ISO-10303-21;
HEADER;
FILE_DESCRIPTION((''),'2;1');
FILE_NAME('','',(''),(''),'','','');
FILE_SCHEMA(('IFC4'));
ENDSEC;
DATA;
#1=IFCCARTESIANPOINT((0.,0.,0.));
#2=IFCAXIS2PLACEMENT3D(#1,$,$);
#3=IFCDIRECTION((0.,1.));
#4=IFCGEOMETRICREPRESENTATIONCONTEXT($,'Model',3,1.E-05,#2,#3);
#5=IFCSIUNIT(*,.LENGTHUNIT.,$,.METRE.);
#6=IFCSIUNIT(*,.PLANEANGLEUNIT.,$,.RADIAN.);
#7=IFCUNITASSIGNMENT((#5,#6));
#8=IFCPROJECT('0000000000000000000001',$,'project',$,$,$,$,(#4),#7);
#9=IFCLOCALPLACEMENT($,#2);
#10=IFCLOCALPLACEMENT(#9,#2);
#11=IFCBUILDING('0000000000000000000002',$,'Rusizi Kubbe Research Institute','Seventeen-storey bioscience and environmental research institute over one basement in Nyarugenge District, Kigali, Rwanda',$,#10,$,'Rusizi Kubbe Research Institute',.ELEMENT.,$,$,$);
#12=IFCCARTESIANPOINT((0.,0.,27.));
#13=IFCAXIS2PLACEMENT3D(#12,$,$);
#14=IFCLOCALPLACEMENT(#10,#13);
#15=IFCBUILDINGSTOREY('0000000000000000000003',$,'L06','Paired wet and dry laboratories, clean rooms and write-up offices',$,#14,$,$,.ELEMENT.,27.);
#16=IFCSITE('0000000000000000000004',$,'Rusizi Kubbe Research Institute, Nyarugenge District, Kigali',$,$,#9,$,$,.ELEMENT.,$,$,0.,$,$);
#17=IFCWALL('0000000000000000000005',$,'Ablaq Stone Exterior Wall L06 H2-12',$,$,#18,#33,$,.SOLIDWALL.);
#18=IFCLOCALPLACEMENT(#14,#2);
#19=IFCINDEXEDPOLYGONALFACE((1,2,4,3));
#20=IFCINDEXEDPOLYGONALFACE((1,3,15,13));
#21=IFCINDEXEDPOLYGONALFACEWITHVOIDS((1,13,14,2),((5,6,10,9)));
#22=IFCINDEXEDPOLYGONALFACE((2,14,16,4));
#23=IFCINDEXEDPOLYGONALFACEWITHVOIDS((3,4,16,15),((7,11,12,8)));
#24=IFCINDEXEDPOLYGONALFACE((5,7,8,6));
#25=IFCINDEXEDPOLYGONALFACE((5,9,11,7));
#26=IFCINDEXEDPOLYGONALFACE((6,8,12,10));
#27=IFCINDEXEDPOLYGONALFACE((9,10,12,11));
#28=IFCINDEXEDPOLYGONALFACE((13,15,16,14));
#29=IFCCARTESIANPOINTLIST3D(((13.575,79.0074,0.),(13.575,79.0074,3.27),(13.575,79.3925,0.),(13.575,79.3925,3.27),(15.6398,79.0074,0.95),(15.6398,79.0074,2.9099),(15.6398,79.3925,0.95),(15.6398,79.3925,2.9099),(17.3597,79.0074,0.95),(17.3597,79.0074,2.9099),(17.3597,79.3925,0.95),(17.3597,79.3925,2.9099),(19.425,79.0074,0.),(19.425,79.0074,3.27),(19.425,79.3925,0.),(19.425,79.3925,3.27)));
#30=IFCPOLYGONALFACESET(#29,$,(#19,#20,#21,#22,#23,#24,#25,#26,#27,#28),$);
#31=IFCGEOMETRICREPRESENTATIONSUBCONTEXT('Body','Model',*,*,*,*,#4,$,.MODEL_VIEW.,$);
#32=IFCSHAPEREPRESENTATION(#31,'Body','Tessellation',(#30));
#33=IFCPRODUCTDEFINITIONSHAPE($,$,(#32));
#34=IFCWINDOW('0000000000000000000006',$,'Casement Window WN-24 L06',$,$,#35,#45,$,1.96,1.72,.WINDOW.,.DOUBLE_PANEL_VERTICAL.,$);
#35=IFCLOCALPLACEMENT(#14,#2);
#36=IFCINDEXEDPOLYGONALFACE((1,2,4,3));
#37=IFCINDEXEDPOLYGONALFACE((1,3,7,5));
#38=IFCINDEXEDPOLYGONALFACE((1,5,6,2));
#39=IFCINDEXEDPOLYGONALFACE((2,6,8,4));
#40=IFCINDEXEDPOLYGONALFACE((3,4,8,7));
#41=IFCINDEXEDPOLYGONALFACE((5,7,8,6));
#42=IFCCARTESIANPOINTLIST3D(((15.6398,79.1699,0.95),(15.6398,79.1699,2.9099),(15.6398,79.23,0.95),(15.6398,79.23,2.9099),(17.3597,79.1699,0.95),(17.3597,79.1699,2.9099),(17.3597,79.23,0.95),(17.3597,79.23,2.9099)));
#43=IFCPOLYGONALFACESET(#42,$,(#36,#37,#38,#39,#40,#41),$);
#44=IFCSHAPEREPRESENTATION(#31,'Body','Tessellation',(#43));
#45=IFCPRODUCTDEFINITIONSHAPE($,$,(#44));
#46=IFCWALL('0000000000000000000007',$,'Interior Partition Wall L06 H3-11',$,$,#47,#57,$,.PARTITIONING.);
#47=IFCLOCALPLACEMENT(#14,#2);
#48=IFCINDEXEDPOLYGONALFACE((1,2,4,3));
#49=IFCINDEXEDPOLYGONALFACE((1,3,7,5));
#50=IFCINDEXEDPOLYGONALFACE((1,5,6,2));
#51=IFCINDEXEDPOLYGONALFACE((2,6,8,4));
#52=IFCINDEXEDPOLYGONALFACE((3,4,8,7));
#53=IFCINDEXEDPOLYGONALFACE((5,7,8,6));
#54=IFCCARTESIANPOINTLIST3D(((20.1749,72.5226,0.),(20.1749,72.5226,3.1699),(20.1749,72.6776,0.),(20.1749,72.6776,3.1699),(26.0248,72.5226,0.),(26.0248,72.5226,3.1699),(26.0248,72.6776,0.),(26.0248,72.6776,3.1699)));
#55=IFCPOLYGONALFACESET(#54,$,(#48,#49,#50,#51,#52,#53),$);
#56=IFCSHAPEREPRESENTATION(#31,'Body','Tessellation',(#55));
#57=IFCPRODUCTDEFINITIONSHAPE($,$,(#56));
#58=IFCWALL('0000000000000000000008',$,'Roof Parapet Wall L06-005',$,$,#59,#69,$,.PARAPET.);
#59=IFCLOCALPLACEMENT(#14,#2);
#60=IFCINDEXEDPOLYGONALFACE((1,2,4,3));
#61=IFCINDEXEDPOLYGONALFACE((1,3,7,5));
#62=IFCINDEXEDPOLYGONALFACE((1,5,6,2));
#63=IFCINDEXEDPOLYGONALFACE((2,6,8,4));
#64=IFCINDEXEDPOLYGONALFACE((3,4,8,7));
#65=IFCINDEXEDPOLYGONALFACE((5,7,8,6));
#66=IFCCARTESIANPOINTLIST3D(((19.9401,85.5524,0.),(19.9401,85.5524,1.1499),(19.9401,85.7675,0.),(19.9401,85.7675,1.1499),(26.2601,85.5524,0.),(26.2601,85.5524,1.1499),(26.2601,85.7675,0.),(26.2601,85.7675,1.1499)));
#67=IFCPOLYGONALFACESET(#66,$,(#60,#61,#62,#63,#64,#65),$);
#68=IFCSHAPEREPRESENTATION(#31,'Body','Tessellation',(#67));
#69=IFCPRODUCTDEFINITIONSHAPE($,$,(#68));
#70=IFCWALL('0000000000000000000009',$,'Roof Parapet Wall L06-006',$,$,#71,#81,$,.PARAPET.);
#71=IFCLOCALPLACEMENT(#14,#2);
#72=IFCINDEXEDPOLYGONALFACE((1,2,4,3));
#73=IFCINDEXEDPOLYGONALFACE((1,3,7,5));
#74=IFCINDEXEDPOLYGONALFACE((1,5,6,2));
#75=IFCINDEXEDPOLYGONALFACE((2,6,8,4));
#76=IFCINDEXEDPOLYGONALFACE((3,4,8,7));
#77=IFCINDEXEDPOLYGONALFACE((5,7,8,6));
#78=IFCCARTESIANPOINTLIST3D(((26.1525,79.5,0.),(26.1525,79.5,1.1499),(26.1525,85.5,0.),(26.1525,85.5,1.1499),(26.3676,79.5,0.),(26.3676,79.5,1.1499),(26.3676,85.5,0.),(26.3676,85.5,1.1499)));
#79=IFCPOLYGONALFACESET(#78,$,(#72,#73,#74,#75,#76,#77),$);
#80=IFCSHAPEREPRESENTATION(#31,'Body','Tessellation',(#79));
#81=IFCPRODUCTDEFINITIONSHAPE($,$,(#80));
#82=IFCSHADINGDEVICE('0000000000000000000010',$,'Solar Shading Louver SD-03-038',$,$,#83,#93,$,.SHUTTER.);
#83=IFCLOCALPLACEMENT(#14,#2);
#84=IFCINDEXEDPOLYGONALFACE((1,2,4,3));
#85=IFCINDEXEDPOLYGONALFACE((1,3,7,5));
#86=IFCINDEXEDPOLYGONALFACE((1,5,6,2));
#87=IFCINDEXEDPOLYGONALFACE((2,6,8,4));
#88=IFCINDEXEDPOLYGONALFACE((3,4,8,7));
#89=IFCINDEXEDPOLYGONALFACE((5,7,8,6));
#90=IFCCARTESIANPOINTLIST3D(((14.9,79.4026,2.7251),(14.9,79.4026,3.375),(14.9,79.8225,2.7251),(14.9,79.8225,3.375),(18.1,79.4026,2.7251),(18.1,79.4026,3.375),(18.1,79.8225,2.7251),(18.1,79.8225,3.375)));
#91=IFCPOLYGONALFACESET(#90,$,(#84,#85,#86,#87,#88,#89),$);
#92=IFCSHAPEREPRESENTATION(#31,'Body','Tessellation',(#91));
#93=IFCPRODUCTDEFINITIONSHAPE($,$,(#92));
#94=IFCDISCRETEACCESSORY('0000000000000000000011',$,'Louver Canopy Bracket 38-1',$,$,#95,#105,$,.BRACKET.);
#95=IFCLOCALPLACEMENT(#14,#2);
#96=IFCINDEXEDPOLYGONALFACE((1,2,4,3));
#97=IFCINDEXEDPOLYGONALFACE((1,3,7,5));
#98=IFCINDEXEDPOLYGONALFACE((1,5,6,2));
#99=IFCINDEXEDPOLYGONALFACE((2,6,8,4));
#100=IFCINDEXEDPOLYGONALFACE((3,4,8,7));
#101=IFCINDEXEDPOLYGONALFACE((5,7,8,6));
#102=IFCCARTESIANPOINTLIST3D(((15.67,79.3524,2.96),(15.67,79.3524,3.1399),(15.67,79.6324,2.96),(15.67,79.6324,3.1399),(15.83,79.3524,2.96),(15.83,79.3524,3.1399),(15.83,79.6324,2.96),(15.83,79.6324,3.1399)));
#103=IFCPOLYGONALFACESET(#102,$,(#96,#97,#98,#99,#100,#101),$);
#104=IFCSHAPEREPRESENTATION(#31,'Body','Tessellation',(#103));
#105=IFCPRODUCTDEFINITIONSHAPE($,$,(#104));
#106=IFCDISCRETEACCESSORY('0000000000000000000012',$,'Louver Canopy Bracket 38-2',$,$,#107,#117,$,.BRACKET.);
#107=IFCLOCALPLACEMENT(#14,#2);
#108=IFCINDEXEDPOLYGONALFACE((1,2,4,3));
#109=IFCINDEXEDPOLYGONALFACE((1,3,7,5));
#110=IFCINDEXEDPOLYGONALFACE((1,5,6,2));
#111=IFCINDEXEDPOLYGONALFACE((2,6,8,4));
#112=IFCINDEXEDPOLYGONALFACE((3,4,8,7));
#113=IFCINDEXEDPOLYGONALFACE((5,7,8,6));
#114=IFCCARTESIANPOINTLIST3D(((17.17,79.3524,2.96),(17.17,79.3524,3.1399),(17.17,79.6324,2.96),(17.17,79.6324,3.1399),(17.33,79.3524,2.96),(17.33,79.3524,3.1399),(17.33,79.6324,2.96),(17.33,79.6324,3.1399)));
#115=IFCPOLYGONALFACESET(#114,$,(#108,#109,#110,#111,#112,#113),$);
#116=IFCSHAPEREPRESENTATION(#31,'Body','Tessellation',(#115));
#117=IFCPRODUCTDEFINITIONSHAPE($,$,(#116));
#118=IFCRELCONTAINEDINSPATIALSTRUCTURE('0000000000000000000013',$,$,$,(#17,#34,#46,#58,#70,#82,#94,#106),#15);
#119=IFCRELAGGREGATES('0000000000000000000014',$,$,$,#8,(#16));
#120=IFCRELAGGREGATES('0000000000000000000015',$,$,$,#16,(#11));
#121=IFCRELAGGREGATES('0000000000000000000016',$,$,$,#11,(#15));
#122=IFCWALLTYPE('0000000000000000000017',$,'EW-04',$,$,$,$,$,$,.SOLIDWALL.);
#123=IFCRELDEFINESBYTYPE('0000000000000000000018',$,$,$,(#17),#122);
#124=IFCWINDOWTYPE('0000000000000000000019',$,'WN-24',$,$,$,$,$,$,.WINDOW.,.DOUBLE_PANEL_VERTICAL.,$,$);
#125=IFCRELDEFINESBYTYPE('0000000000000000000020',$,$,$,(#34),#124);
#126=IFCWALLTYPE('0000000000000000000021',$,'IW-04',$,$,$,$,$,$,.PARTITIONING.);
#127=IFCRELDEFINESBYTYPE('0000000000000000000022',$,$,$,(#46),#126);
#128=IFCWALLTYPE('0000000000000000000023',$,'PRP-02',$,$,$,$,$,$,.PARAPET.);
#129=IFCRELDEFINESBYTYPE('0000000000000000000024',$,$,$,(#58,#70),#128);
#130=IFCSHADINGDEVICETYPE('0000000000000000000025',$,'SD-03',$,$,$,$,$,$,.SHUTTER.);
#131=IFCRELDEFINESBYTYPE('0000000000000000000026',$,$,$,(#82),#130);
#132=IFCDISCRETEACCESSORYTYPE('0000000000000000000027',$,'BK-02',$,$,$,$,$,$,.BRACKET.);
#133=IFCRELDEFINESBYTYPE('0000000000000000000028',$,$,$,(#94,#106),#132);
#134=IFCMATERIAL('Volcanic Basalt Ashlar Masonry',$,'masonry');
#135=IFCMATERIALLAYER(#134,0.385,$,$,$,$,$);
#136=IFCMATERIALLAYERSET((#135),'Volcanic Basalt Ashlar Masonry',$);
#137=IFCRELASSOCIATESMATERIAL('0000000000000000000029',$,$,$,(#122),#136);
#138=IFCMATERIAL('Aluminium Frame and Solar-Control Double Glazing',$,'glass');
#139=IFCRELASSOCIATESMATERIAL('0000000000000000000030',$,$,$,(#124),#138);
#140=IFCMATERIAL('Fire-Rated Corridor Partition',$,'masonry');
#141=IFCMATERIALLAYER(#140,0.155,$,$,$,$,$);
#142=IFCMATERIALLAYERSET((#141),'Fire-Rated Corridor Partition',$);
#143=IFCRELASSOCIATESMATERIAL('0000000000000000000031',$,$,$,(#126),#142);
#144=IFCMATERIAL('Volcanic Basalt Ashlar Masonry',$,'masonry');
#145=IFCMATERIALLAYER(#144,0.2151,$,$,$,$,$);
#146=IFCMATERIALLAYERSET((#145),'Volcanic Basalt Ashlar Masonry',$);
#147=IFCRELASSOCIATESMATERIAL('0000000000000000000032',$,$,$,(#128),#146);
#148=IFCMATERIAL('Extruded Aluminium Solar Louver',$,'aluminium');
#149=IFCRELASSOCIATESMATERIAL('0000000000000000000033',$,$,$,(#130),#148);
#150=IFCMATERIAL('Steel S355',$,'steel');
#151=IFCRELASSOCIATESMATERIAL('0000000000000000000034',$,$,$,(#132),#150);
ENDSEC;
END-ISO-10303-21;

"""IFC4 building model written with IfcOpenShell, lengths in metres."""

from ifc_helpers import new_model, si_unit, direction, frame, frame_2d, origin, origin_2d, place, context, subcontext, project, spatial, rectangle, extrude, material, layer, layer_set, type_object, element, fill, save


model = new_model("IFC4")

# Units and contexts
model_context = context("Model", 3, precision=1e-05, world=origin(), true_north=direction((0.0, 1.0)))
body_context = subcontext(model_context, "Body", "Model", "MODEL_VIEW")
ifc_project = project(units=[si_unit("LENGTHUNIT", "METRE"), si_unit("PLANEANGLEUNIT", "RADIAN")], contexts=[model_context])

# Site, building, storey
site_placement = place(None, origin())
site = spatial("IfcSite", under=ifc_project, at=site_placement, Name="Rusizi Kubbe Research Institute, Nyarugenge District, Kigali", CompositionType="ELEMENT", RefElevation=0.0)
building_placement = place(site_placement, origin())
building = spatial("IfcBuilding", under=site, at=building_placement, Name="Rusizi Kubbe Research Institute", Description="Seventeen-storey bioscience and environmental research institute over one basement in Nyarugenge District, Kigali, Rwanda", LongName="Rusizi Kubbe Research Institute", CompositionType="ELEMENT")
storey_placement = place(building_placement, frame((0.0, 0.0, 27.0)))
storey = spatial("IfcBuildingStorey", under=building, at=storey_placement, Name="L06", Description="Paired wet and dry laboratories, clean rooms and write-up offices", CompositionType="ELEMENT", Elevation=27.0)

# Wall, opening, window
ifc_material_1 = material(Name="Volcanic Basalt Ashlar Masonry", Category="masonry")
ifc_layer_1 = layer(ifc_material_1, 0.385)
ifc_layer_set_1 = layer_set([ifc_layer_1], Name="Volcanic Basalt Ashlar Masonry")
wall_type_1 = type_object("IfcWallType", Name="EW-04", PredefinedType="SOLIDWALL", material=ifc_layer_set_1)
wall_1_placement = place(storey_placement, frame((13.575, 79.2, 0.0), z_axis=(0.0, 0.0, 1.0), x_axis=(1.0, 0.0, 0.0)))
wall_1 = element("IfcWall", 1, at=wall_1_placement, inside=storey, type_object=wall_type_1, Name="Ablaq Stone Exterior Wall L06 H2-12", PredefinedType="SOLIDWALL", context=body_context, shape_type="SweptSolid", body=[
    extrude(rectangle(XDim=5.8501, YDim=0.385, at=frame_2d((2.925, 0.0))), origin(), (0.0, 0.0, 1.0), 3.27),
])
opening_placement = place(wall_1_placement, frame((2.0649, 0.0, 0.95)))
opening = element("IfcOpeningElement", 2, at=opening_placement, cuts=wall_1, PredefinedType="OPENING", context=body_context, shape_type="SweptSolid", body=[
    extrude(rectangle(XDim=1.72, YDim=1.96, at=frame_2d((0.8599, 0.98))), frame((0.0, 0.2024, 0.0), z_axis=(0.0, -1.0, 0.0), x_axis=(1.0, 0.0, 0.0)), (0.0, 0.0, 1.0), 0.405),
])
ifc_material_2 = material(Name="Aluminium Frame and Solar-Control Double Glazing", Category="glass")
window_type = type_object("IfcWindowType", Name="WN-24", PartitioningType="DOUBLE_PANEL_VERTICAL", PredefinedType="WINDOW", material=ifc_material_2)
window_placement = place(opening_placement, origin())
window = element("IfcWindow", 3, at=window_placement, inside=storey, type_object=window_type, Name="Casement Window WN-24 L06", OverallHeight=1.96, OverallWidth=1.72, PartitioningType="DOUBLE_PANEL_VERTICAL", PredefinedType="WINDOW", context=body_context, shape_type="SweptSolid", body=[
    extrude(rectangle(XDim=1.72, YDim=1.96, at=frame_2d((0.8599, 0.98))), frame((0.0, 0.03, 0.0), z_axis=(0.0, -1.0, 0.0), x_axis=(1.0, 0.0, 0.0)), (0.0, 0.0, 1.0), 0.0601),
])
fill(opening, window)

# Walls
ifc_material_3 = material(Name="Fire-Rated Corridor Partition", Category="masonry")
ifc_layer_2 = layer(ifc_material_3, 0.155)
ifc_layer_set_2 = layer_set([ifc_layer_2], Name="Fire-Rated Corridor Partition")
wall_type_2 = type_object("IfcWallType", Name="IW-04", PredefinedType="PARTITIONING", material=ifc_layer_set_2)
wall_2_placement = place(storey_placement, frame((20.175, 72.6001, 0.0), z_axis=(0.0, 0.0, 1.0), x_axis=(1.0, 0.0, 0.0)))
element("IfcWall", 4, at=wall_2_placement, inside=storey, type_object=wall_type_2, Name="Interior Partition Wall L06 H3-11", PredefinedType="PARTITIONING", context=body_context, shape_type="SweptSolid", body=[
    extrude(rectangle(XDim=5.8499, YDim=0.155, at=frame_2d((2.9248, 0.0))), origin(), (0.0, 0.0, 1.0), 3.1699),
])
ifc_material_4 = material(Name="Volcanic Basalt Ashlar Masonry", Category="masonry")
ifc_layer_3 = layer(ifc_material_4, 0.2151)
ifc_layer_set_3 = layer_set([ifc_layer_3], Name="Volcanic Basalt Ashlar Masonry")
wall_type_3 = type_object("IfcWallType", Name="PRP-02", PredefinedType="PARAPET", material=ifc_layer_set_3)
wall_3_placement = place(storey_placement, frame((19.9399, 85.6599, 0.0), z_axis=(0.0, 0.0, 1.0), x_axis=(1.0, 0.0, 0.0)))
element("IfcWall", 5, at=wall_3_placement, inside=storey, type_object=wall_type_3, Name="Roof Parapet Wall L06-005", PredefinedType="PARAPET", context=body_context, shape_type="SweptSolid", body=[
    extrude(rectangle(XDim=6.3201, YDim=0.2151, at=frame_2d((3.1602, 0.0))), origin(), (0.0, 0.0, 1.0), 1.1499),
])
wall_4_placement = place(storey_placement, frame((26.26, 79.5, 0.0), z_axis=(0.0, 0.0, 1.0), x_axis=(0.0, 1.0, 0.0)))
element("IfcWall", 6, at=wall_4_placement, inside=storey, type_object=wall_type_3, Name="Roof Parapet Wall L06-006", PredefinedType="PARAPET", context=body_context, shape_type="SweptSolid", body=[
    extrude(rectangle(XDim=6.0, YDim=0.2151, at=frame_2d((3.0, 0.0))), origin(), (0.0, 0.0, 1.0), 1.1499),
])

# Shading device
ifc_material_5 = material(Name="Extruded Aluminium Solar Louver", Category="aluminium")
shading_device_type = type_object("IfcShadingDeviceType", Name="SD-03", PredefinedType="SHUTTER", material=ifc_material_5)
shading_device_placement = place(storey_placement, frame((16.5, 79.6125, 2.7251), z_axis=(0.0, 0.0, 1.0), x_axis=(1.0, 0.0, 0.0)))
element("IfcShadingDevice", 7, at=shading_device_placement, inside=storey, type_object=shading_device_type, Name="Solar Shading Louver SD-03-038", PredefinedType="SHUTTER", context=body_context, shape_type="SweptSolid", body=[
    extrude(rectangle(XDim=3.2, YDim=0.4199, at=origin_2d()), origin(), (0.0, 0.0, 1.0), 0.6499),
])

# Discrete accessories
ifc_material_6 = material(Name="Steel S355", Category="steel")
discrete_accessory_type = type_object("IfcDiscreteAccessoryType", Name="BK-02", PredefinedType="BRACKET", material=ifc_material_6)
for number, where, z_axis, x_axis, name in (
    (8, (15.75, 79.4924, 2.96), (0.0, 0.0, 1.0), (1.0, 0.0, 0.0), "Louver Canopy Bracket 38-1"),
    (9, (17.25, 79.4924, 2.96), (0.0, 0.0, 1.0), (1.0, 0.0, 0.0), "Louver Canopy Bracket 38-2"),
):
    element("IfcDiscreteAccessory", number, at=place(storey_placement, frame(where, z_axis=z_axis, x_axis=x_axis)), inside=storey, type_object=discrete_accessory_type, Name=name, PredefinedType="BRACKET", context=body_context, shape_type="SweptSolid", body=[
        extrude(rectangle(XDim=0.1599, YDim=0.28, at=origin_2d()), origin(), (0.0, 0.0, 1.0), 0.1799),
    ])

save(model, "model.ifc")
